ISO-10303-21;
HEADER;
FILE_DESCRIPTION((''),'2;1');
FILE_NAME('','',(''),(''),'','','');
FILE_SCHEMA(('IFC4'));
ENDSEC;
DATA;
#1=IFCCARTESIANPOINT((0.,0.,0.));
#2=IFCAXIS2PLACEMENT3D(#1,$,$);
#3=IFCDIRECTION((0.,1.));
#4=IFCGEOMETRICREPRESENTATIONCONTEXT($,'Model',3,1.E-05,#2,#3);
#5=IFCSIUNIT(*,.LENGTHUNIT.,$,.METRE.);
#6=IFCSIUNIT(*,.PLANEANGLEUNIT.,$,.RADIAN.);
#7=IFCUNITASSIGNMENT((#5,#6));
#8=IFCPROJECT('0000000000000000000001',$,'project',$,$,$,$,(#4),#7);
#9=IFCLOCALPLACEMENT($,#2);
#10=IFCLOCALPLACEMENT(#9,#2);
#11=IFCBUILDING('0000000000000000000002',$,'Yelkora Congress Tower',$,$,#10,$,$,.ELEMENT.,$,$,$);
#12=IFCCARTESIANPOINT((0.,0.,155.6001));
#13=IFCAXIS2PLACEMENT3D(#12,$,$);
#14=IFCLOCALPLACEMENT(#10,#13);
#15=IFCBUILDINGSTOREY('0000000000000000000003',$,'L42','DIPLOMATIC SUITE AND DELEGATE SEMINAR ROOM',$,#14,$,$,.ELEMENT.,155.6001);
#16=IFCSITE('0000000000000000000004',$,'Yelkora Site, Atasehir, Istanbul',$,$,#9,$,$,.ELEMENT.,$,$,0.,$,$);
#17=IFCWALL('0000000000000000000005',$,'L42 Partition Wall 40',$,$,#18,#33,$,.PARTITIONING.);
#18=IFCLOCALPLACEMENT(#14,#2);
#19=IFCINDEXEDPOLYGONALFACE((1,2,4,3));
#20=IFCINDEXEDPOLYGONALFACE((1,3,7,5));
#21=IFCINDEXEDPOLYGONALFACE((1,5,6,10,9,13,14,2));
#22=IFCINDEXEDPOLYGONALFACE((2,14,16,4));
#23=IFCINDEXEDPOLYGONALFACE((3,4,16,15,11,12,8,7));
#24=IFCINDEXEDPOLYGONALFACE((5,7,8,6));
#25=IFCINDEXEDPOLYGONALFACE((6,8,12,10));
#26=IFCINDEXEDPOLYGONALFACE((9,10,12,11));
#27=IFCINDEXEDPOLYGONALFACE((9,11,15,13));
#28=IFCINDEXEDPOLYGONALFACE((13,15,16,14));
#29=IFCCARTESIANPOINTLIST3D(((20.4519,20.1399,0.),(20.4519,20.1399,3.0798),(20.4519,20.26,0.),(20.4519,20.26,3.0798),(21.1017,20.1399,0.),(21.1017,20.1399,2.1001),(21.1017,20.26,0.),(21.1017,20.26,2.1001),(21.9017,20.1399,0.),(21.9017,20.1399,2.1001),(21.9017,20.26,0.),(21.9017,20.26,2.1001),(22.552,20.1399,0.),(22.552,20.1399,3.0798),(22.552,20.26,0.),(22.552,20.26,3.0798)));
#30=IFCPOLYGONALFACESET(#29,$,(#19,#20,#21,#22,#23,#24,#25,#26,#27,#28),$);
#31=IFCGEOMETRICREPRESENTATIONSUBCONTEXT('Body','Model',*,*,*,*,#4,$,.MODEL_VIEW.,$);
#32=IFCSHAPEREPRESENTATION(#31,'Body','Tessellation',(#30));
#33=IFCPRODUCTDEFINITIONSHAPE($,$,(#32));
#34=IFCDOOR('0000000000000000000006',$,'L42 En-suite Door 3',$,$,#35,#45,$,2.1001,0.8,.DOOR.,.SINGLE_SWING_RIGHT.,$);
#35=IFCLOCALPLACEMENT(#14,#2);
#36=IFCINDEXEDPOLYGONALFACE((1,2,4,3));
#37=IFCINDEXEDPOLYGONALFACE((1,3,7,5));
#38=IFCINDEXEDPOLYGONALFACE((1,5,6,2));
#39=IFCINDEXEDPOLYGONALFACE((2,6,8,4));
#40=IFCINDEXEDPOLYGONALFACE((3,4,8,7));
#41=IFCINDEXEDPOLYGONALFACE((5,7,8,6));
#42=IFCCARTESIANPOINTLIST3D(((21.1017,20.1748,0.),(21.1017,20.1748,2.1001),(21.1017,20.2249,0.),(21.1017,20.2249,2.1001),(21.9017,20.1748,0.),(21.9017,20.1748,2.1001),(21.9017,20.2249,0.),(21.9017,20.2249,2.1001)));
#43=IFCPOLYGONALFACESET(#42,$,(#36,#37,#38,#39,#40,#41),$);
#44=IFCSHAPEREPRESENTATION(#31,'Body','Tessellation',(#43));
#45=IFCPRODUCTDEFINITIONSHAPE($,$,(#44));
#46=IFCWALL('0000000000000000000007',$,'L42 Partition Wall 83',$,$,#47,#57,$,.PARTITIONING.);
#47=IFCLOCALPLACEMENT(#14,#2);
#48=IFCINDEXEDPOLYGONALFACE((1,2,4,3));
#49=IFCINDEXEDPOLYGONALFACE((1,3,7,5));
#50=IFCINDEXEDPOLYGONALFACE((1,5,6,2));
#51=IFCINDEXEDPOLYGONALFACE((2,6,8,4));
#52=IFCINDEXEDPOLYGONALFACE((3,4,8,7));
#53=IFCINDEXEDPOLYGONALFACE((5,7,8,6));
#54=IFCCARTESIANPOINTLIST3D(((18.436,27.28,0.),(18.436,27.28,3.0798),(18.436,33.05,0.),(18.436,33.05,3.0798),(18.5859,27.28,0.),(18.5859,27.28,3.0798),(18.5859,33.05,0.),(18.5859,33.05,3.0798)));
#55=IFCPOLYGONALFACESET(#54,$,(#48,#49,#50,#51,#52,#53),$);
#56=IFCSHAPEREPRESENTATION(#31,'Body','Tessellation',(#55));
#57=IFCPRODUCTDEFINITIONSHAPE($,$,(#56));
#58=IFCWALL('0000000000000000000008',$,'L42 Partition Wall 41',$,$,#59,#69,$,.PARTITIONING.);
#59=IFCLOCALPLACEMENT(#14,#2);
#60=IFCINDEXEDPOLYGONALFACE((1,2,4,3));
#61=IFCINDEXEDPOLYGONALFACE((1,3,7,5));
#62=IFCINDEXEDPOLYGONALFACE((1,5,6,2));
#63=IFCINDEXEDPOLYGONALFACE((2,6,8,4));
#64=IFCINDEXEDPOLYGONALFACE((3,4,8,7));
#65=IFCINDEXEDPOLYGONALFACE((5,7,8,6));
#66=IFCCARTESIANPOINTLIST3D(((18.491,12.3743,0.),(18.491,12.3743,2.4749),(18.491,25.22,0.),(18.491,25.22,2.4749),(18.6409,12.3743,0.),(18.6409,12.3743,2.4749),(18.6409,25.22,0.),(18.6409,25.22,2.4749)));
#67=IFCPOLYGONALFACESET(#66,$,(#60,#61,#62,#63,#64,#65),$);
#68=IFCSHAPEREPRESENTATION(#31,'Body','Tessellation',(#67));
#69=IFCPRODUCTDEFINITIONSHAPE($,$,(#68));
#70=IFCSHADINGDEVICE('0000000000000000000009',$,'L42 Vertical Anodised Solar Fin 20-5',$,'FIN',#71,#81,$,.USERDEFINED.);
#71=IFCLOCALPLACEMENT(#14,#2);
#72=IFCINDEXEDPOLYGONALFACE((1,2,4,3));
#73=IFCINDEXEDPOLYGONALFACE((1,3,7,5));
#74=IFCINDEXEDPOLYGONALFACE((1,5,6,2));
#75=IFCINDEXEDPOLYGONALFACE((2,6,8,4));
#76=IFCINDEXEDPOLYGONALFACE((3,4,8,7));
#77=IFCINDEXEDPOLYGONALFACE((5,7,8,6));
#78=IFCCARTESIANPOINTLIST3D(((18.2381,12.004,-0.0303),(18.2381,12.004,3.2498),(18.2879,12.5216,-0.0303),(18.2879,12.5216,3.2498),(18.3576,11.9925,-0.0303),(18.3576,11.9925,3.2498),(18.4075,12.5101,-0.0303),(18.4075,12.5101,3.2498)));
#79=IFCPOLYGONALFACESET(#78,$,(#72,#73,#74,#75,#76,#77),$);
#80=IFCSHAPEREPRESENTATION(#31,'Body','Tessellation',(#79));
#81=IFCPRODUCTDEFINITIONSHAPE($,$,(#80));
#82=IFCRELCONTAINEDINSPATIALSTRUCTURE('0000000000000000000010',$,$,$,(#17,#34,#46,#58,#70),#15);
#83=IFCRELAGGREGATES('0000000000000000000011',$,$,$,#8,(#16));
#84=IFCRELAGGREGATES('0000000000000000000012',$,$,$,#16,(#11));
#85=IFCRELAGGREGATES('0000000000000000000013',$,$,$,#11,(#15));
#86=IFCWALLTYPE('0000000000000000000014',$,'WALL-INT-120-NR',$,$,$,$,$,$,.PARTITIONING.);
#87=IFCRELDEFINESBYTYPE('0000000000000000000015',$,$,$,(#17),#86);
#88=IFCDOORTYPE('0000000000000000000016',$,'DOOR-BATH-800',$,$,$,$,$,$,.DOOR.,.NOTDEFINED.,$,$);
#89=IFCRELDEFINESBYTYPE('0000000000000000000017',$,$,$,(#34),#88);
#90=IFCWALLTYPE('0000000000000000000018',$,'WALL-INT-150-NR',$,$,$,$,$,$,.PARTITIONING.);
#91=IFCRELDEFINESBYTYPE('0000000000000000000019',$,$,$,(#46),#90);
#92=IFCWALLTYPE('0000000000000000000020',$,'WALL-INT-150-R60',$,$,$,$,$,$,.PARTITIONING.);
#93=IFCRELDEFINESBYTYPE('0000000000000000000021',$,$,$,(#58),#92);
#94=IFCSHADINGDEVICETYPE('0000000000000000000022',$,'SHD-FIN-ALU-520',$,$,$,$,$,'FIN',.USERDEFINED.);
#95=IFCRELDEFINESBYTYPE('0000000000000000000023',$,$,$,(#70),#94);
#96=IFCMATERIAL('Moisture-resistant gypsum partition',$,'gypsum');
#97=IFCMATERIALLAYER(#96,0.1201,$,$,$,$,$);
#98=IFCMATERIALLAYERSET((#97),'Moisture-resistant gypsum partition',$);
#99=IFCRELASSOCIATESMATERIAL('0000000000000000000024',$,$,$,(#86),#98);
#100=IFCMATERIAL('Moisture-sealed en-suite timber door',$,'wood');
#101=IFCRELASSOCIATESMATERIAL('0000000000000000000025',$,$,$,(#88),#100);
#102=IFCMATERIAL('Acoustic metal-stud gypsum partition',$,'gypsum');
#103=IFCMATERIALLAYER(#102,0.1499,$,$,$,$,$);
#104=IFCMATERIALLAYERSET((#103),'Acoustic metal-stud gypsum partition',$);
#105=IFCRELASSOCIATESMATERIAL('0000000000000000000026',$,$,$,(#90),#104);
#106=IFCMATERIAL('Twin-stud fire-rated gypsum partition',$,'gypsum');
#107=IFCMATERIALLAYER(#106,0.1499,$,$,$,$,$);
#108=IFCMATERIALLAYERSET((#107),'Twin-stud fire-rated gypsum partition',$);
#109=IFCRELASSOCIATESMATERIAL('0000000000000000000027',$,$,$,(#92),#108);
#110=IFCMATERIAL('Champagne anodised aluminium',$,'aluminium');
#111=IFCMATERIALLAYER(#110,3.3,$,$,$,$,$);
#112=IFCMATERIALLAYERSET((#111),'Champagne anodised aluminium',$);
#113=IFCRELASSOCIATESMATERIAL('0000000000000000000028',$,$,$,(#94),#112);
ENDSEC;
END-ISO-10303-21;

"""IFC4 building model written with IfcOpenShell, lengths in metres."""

from ifc_helpers import new_model, si_unit, direction, frame, frame_2d, origin, origin_2d, place, context, subcontext, project, spatial, rectangle, extrude, material, layer, layer_set, type_object, element, fill, save


model = new_model("IFC4")

# Units and contexts
model_context = context("Model", 3, precision=1e-05, world=origin(), true_north=direction((0.0, 1.0)))
body_context = subcontext(model_context, "Body", "Model", "MODEL_VIEW")
ifc_project = project(units=[si_unit("LENGTHUNIT", "METRE"), si_unit("PLANEANGLEUNIT", "RADIAN")], contexts=[model_context])

# Site, building, storey
site_placement = place(None, origin())
site = spatial("IfcSite", under=ifc_project, at=site_placement, Name="Yelkora Site, Atasehir, Istanbul", CompositionType="ELEMENT", RefElevation=0.0)
building_placement = place(site_placement, origin())
building = spatial("IfcBuilding", under=site, at=building_placement, Name="Yelkora Congress Tower", CompositionType="ELEMENT")
storey_placement = place(building_placement, frame((0.0, 0.0, 155.6001)))
storey = spatial("IfcBuildingStorey", under=building, at=storey_placement, Name="L42", Description="DIPLOMATIC SUITE AND DELEGATE SEMINAR ROOM", CompositionType="ELEMENT", Elevation=155.6001)

# Shared definitions
ifc_material_1 = material(Name="Moisture-resistant gypsum partition", Category="gypsum")
ifc_layer_1 = layer(ifc_material_1, 0.1201)
ifc_layer_set_1 = layer_set([ifc_layer_1], Name="Moisture-resistant gypsum partition")
wall_type_1 = type_object("IfcWallType", Name="WALL-INT-120-NR", PredefinedType="PARTITIONING", material=ifc_layer_set_1)

# Shared definitions
ifc_material_2 = material(Name="Moisture-sealed en-suite timber door", Category="wood")
door_type = type_object("IfcDoorType", Name="DOOR-BATH-800", OperationType="NOTDEFINED", PredefinedType="DOOR", material=ifc_material_2)

# Wall, opening, door
wall_1_placement = place(storey_placement, frame((20.4519, 20.2, 0.0), z_axis=(0.0, 0.0, 1.0), x_axis=(1.0, 0.0, 0.0)))
wall_1 = element("IfcWall", 1, at=wall_1_placement, inside=storey, type_object=wall_type_1, Name="L42 Partition Wall 40", PredefinedType="PARTITIONING", context=body_context, shape_type="SweptSolid", body=[
    extrude(rectangle(XDim=2.1001, YDim=0.1201, at=frame_2d((1.05, 0.0))), origin(), (0.0, 0.0, 1.0), 3.0798),
])
opening_1_placement = place(wall_1_placement, frame((0.6499, 0.0, 0.0)))
opening_1 = element("IfcOpeningElement", 2, at=opening_1_placement, cuts=wall_1, PredefinedType="OPENING", context=body_context, shape_type="SweptSolid", body=[
    extrude(rectangle(XDim=0.8, YDim=2.1001, at=frame_2d((0.3999, 1.05))), frame((0.0, 0.0701, 0.0), z_axis=(0.0, -1.0, 0.0), x_axis=(1.0, 0.0, 0.0)), (0.0, 0.0, 1.0), 0.1401),
])
door_1_placement = place(opening_1_placement, origin())
door_1 = element("IfcDoor", 3, at=door_1_placement, inside=storey, type_object=door_type, Name="L42 En-suite Door 3", OperationType="SINGLE_SWING_RIGHT", OverallHeight=2.1001, OverallWidth=0.8, PredefinedType="DOOR", context=body_context, shape_type="SweptSolid", body=[
    extrude(rectangle(XDim=0.8, YDim=2.1001, at=frame_2d((0.3999, 1.05))), frame((0.0, 0.0249, 0.0), z_axis=(0.0, -1.0, 0.0), x_axis=(1.0, 0.0, 0.0)), (0.0, 0.0, 1.0), 0.05),
])
fill(opening_1, door_1)

# Walls
ifc_material_3 = material(Name="Acoustic metal-stud gypsum partition", Category="gypsum")
ifc_layer_2 = layer(ifc_material_3, 0.1499)
ifc_layer_set_2 = layer_set([ifc_layer_2], Name="Acoustic metal-stud gypsum partition")
wall_type_2 = type_object("IfcWallType", Name="WALL-INT-150-NR", PredefinedType="PARTITIONING", material=ifc_layer_set_2)
wall_2_placement = place(storey_placement, frame((18.511, 27.28, 0.0), z_axis=(0.0, 0.0, 1.0), x_axis=(0.0, 1.0, 0.0)))
element("IfcWall", 4, at=wall_2_placement, inside=storey, type_object=wall_type_2, Name="L42 Partition Wall 83", PredefinedType="PARTITIONING", context=body_context, shape_type="SweptSolid", body=[
    extrude(rectangle(XDim=5.77, YDim=0.1499, at=frame_2d((2.885, 0.0))), origin(), (0.0, 0.0, 1.0), 3.0798),
])
ifc_material_4 = material(Name="Twin-stud fire-rated gypsum partition", Category="gypsum")
ifc_layer_3 = layer(ifc_material_4, 0.1499)
ifc_layer_set_3 = layer_set([ifc_layer_3], Name="Twin-stud fire-rated gypsum partition")
wall_type_3 = type_object("IfcWallType", Name="WALL-INT-150-R60", PredefinedType="PARTITIONING", material=ifc_layer_set_3)
wall_3_placement = place(storey_placement, frame((18.5659, 12.3743, 0.0), z_axis=(0.0, 0.0, 1.0), x_axis=(0.0, 1.0, 0.0)))
element("IfcWall", 5, at=wall_3_placement, inside=storey, type_object=wall_type_3, Name="L42 Partition Wall 41", PredefinedType="PARTITIONING", context=body_context, shape_type="SweptSolid", body=[
    extrude(rectangle(XDim=12.8457, YDim=0.1499, at=frame_2d((6.4229, 0.0))), origin(), (0.0, 0.0, 1.0), 2.4749),
])

# Shading device
ifc_material_5 = material(Name="Champagne anodised aluminium", Category="aluminium")
ifc_layer_4 = layer(ifc_material_5, 3.3)
ifc_layer_set_4 = layer_set([ifc_layer_4], Name="Champagne anodised aluminium")
shading_device_type = type_object("IfcShadingDeviceType", Name="SHD-FIN-ALU-520", ElementType="FIN", PredefinedType="USERDEFINED", material=ifc_layer_set_4)
shading_device_placement = place(storey_placement, frame((18.3228, 12.2571, -0.0303), z_axis=(0.0, 0.0, 1.0), x_axis=(-0.995396, 0.095846, 0.0)))
element("IfcShadingDevice", 6, at=shading_device_placement, inside=storey, type_object=shading_device_type, Name="L42 Vertical Anodised Solar Fin 20-5", ObjectType="FIN", PredefinedType="USERDEFINED", context=body_context, shape_type="SweptSolid", body=[
    extrude(rectangle(XDim=0.1201, YDim=0.52, at=origin_2d()), origin(), (0.0, 0.0, 1.0), 3.28),
])

save(model, "model.ifc")
